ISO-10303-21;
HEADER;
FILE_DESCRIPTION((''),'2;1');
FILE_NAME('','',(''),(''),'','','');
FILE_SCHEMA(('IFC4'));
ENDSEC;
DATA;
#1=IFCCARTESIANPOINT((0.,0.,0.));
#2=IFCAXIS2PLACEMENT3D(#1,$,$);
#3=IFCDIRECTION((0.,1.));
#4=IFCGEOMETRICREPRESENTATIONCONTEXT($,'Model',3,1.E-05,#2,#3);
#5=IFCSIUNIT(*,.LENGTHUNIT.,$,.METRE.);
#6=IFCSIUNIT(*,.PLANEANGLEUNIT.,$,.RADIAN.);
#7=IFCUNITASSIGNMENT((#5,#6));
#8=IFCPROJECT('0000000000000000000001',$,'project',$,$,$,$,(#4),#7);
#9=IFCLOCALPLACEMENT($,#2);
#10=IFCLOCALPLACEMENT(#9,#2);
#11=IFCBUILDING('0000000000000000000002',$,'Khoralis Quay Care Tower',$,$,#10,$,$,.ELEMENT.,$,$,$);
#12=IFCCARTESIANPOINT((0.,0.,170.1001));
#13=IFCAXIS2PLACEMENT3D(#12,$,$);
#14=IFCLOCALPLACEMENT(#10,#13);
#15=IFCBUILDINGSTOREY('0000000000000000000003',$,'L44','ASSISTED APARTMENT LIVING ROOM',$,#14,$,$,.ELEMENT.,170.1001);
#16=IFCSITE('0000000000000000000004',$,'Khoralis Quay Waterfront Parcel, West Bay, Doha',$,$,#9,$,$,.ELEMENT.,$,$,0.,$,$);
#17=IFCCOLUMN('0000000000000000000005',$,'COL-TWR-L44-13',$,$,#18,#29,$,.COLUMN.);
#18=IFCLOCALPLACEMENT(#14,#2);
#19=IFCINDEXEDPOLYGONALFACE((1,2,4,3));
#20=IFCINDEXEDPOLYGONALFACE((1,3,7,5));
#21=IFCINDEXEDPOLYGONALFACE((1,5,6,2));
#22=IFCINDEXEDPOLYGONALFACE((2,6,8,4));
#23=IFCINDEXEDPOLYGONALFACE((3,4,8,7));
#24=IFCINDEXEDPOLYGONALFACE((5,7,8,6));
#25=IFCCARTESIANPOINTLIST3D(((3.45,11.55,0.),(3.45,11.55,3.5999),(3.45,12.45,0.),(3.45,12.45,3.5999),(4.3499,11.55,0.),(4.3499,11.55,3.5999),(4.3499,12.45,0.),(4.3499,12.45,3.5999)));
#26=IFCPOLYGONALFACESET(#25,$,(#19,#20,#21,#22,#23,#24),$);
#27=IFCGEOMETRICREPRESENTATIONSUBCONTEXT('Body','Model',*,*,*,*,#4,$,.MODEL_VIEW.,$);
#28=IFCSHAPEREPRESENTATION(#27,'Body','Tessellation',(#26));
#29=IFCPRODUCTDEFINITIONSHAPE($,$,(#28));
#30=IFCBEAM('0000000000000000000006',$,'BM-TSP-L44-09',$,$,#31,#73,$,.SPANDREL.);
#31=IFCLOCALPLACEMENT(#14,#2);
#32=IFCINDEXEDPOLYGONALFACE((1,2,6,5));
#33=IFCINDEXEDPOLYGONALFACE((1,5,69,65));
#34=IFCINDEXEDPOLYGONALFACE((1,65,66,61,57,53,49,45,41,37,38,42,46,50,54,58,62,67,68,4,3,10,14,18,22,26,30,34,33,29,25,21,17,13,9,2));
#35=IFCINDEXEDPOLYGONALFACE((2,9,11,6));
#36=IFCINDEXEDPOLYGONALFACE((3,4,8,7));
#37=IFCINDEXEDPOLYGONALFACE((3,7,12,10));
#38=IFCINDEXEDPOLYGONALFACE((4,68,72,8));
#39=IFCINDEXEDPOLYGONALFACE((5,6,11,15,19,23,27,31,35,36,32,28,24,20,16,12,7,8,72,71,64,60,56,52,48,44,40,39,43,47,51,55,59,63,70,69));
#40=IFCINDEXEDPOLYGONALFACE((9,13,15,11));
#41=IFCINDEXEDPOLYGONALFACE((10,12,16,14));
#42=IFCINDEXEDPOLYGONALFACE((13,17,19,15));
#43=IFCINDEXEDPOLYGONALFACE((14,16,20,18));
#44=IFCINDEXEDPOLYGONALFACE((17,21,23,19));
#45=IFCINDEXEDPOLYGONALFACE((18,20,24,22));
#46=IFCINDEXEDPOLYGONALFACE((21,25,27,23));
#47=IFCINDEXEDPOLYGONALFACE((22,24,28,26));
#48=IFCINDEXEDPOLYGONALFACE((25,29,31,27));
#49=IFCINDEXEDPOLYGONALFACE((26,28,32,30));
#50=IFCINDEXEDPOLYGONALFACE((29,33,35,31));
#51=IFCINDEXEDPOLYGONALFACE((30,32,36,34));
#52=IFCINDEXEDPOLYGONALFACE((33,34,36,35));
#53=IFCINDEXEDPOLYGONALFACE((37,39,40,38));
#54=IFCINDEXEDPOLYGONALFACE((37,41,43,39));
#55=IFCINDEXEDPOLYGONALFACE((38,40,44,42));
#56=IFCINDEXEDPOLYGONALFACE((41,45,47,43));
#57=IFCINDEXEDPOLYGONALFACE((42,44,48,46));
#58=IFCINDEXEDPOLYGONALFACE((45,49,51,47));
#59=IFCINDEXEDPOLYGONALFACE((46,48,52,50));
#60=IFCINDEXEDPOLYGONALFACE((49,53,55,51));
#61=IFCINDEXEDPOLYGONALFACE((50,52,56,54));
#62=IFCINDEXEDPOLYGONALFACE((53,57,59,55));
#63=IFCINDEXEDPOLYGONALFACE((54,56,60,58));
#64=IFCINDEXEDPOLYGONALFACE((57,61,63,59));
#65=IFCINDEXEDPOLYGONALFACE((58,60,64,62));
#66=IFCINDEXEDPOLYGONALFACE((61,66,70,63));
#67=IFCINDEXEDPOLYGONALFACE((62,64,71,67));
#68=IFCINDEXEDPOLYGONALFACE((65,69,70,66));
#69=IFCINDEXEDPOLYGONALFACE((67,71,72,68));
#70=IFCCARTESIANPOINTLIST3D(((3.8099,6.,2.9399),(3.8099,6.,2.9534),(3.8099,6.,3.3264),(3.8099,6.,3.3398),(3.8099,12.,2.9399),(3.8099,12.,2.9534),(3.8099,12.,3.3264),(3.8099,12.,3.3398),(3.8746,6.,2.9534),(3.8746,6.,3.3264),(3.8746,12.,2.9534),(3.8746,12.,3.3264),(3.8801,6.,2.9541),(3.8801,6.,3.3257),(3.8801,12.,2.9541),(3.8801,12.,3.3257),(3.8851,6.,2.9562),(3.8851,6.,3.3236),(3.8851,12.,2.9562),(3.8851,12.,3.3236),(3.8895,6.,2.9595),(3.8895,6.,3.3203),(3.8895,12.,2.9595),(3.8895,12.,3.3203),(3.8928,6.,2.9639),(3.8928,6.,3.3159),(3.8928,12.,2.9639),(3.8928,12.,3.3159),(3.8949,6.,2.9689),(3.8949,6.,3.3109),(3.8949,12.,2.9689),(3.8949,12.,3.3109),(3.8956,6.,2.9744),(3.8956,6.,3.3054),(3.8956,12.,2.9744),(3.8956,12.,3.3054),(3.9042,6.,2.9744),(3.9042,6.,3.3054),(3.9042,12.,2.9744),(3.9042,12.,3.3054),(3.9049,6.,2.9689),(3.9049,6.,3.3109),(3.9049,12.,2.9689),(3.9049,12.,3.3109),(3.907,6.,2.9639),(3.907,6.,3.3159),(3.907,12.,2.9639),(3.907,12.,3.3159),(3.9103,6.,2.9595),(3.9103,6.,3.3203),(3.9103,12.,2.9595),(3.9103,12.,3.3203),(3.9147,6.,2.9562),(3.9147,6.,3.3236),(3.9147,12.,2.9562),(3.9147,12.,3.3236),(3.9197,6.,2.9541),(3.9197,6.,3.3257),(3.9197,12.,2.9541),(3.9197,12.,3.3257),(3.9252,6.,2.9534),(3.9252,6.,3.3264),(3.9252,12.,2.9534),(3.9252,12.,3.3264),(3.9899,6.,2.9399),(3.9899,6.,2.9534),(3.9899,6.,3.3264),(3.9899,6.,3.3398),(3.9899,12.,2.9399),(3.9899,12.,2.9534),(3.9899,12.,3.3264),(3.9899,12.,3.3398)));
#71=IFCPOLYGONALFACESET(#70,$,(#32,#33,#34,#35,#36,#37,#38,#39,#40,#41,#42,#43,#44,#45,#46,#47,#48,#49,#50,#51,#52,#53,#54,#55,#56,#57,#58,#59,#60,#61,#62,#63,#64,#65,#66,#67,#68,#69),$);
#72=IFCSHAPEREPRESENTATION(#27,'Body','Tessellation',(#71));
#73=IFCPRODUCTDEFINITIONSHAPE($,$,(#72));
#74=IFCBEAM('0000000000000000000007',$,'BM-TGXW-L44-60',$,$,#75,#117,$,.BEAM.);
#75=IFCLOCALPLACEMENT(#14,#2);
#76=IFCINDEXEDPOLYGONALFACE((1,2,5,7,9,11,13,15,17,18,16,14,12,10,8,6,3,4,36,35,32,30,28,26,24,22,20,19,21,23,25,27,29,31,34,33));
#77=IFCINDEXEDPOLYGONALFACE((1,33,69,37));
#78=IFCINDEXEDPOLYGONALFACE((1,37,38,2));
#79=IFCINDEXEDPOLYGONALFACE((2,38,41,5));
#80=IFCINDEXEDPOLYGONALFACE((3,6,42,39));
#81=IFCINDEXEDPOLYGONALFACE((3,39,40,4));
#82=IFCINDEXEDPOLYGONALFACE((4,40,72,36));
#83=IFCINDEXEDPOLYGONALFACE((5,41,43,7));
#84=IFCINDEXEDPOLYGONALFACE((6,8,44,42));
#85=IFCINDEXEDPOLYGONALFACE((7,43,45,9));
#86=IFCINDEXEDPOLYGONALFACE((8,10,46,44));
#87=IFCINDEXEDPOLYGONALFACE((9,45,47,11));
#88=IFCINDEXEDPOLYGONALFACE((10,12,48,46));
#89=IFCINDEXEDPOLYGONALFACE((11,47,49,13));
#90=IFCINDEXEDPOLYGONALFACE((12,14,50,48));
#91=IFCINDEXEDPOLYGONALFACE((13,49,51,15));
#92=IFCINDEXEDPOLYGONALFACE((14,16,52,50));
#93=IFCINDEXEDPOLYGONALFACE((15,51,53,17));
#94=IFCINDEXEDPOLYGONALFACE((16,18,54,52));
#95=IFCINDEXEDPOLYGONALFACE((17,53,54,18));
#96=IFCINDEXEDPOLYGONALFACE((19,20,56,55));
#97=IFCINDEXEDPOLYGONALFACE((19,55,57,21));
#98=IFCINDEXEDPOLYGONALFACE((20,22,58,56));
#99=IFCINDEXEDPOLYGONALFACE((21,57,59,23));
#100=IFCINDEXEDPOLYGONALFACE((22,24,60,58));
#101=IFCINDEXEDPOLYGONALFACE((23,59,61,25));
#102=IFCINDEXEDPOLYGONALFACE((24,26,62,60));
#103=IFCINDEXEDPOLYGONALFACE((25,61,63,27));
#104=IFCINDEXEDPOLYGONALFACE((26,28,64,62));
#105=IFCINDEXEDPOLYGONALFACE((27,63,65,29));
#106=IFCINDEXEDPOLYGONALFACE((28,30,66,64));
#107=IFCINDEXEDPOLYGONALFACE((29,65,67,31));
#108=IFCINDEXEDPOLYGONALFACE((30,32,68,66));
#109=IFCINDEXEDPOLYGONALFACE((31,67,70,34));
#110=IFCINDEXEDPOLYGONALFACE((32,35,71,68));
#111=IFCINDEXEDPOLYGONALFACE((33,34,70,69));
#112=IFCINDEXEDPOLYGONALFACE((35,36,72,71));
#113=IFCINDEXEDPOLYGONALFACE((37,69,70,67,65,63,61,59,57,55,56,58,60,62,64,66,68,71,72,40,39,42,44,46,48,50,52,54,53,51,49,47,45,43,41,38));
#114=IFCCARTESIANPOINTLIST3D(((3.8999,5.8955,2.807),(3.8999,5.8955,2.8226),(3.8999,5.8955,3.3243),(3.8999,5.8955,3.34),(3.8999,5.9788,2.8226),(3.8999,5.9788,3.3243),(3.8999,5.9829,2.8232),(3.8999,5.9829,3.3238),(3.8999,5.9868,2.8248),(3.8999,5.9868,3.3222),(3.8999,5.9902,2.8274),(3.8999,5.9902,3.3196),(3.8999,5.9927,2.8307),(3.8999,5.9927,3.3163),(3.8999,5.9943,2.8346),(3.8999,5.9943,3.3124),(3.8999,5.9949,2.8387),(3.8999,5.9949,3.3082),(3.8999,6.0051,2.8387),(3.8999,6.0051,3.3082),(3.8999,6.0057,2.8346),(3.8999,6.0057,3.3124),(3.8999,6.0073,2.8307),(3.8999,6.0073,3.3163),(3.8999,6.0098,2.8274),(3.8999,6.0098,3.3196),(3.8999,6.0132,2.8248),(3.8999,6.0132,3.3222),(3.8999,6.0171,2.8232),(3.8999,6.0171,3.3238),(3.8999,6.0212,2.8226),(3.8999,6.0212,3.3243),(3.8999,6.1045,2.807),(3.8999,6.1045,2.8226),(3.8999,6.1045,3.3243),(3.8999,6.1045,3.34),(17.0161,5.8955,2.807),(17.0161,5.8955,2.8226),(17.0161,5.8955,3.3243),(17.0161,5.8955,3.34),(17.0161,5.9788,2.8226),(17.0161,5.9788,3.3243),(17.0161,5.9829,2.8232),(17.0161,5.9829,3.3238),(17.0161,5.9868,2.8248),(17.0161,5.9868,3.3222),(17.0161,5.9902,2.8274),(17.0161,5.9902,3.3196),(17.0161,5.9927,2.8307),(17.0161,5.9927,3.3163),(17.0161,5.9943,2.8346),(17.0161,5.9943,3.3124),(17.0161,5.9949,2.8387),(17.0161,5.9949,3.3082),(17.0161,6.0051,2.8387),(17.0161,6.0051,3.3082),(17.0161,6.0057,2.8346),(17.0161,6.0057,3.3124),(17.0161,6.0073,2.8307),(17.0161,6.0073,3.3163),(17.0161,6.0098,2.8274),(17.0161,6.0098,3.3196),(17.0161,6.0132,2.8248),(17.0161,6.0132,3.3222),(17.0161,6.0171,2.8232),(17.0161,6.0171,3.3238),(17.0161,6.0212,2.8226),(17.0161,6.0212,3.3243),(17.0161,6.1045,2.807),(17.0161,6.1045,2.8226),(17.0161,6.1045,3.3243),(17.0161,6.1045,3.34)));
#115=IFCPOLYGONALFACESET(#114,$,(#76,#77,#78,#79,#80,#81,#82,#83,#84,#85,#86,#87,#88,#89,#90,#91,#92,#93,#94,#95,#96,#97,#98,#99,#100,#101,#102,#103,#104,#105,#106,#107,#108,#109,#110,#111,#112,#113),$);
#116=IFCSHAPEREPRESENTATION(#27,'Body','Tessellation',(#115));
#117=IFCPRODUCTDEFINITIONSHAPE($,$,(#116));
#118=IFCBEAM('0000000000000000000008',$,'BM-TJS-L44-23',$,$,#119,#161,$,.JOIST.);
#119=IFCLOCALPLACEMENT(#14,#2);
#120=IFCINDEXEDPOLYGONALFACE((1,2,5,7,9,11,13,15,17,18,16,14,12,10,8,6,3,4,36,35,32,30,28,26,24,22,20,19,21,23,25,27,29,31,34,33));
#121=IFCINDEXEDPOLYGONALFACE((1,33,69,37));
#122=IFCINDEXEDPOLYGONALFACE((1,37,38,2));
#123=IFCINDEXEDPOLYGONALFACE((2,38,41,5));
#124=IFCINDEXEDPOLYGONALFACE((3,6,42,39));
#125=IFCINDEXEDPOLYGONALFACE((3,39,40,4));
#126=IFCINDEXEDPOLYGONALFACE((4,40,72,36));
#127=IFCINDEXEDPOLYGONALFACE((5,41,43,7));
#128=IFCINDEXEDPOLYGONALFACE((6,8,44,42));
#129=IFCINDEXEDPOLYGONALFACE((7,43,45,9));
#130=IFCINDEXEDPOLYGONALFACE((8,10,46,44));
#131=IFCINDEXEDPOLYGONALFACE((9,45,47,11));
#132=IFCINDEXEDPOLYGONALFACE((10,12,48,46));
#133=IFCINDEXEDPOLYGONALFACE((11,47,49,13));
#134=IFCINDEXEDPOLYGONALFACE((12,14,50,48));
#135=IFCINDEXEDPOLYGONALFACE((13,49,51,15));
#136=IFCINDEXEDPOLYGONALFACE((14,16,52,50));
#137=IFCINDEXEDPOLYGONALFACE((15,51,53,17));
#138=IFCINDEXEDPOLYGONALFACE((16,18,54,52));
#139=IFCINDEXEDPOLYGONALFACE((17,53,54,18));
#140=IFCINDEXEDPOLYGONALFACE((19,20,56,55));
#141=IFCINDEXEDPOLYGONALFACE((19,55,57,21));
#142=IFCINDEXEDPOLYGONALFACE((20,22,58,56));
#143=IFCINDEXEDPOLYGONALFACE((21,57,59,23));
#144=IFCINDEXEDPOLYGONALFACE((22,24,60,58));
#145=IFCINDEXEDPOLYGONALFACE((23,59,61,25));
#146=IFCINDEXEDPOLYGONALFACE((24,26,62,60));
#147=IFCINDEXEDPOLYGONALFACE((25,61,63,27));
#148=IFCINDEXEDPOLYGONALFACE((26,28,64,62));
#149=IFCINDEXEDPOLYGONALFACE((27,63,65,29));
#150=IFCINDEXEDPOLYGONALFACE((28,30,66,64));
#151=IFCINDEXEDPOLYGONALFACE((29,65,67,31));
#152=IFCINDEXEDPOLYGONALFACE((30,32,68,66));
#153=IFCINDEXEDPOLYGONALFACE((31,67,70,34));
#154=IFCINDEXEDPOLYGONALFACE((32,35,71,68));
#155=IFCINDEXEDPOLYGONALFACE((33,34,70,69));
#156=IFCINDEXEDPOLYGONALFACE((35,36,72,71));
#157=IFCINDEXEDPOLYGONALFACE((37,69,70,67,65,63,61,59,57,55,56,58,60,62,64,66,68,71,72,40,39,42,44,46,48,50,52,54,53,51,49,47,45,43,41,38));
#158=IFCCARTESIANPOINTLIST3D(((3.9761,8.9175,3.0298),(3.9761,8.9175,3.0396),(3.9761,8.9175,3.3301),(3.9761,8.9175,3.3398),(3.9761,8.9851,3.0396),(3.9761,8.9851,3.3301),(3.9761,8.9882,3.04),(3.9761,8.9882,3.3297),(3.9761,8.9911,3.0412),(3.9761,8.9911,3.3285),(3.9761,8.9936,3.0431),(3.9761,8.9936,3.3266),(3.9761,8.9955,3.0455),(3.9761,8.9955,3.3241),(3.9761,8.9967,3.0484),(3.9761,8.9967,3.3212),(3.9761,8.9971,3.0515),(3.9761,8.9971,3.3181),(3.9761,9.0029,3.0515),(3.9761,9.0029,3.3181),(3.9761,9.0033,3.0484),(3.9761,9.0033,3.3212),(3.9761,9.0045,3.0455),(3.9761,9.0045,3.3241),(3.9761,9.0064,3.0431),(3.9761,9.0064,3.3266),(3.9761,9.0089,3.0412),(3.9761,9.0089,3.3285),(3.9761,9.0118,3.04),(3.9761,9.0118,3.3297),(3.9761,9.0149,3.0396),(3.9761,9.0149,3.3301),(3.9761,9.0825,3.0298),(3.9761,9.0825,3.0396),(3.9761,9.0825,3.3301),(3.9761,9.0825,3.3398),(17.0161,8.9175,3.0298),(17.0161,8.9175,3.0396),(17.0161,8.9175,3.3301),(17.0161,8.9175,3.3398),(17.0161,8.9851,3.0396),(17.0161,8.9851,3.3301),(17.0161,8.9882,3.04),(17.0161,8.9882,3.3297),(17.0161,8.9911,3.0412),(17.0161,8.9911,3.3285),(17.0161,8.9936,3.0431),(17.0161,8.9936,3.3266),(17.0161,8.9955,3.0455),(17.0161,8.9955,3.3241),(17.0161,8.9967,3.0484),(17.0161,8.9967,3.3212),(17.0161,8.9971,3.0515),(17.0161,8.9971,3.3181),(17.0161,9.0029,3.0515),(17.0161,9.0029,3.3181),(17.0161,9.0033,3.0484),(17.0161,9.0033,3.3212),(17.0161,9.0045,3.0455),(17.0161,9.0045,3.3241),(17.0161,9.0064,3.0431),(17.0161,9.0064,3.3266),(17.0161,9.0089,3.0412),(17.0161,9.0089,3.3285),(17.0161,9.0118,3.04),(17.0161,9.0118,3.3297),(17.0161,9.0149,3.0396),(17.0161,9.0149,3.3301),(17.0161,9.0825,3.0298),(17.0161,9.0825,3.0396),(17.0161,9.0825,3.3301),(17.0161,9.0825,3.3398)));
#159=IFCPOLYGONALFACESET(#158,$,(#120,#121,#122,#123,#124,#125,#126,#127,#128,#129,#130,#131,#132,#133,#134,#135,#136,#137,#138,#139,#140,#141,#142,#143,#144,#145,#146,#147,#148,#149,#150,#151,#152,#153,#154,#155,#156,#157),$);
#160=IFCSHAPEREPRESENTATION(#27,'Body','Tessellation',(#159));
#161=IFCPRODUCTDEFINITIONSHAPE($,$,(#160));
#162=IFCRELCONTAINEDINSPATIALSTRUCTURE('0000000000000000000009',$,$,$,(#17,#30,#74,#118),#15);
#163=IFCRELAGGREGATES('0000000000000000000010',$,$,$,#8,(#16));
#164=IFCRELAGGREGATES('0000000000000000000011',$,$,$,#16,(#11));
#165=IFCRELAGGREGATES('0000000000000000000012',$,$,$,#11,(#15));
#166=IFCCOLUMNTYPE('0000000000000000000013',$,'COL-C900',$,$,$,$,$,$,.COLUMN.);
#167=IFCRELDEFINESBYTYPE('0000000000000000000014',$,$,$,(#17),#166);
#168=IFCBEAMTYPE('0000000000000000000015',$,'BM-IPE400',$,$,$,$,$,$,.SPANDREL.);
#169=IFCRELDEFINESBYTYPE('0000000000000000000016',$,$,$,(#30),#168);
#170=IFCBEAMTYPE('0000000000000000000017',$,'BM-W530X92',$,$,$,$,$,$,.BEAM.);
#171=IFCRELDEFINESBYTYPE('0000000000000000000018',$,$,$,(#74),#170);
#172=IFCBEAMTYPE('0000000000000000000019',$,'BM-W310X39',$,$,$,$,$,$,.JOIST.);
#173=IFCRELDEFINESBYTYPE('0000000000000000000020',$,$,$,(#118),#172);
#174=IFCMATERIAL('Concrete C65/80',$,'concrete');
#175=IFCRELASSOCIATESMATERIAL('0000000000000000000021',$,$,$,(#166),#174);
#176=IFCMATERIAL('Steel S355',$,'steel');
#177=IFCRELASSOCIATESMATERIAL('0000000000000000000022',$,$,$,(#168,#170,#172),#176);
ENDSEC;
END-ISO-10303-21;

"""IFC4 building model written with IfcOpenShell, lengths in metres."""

from ifc_helpers import new_model, si_unit, direction, frame, origin, origin_2d, place, context, subcontext, project, spatial, rectangle, i_section, extrude, source, transform, mapped, material, material_profile, profile_set, type_object, element, save


model = new_model("IFC4")

# Units and contexts
model_context = context("Model", 3, precision=1e-05, world=origin(), true_north=direction((0.0, 1.0)))
body_context = subcontext(model_context, "Body", "Model", "MODEL_VIEW")
ifc_project = project(units=[si_unit("LENGTHUNIT", "METRE"), si_unit("PLANEANGLEUNIT", "RADIAN")], contexts=[model_context])

# Site, building, storey
site_placement = place(None, origin())
site = spatial("IfcSite", under=ifc_project, at=site_placement, Name="Khoralis Quay Waterfront Parcel, West Bay, Doha", CompositionType="ELEMENT", RefElevation=0.0)
building_placement = place(site_placement, origin())
building = spatial("IfcBuilding", under=site, at=building_placement, Name="Khoralis Quay Care Tower", CompositionType="ELEMENT")
storey_placement = place(building_placement, frame((0.0, 0.0, 170.1001)))
storey = spatial("IfcBuildingStorey", under=building, at=storey_placement, Name="L44", Description="ASSISTED APARTMENT LIVING ROOM", CompositionType="ELEMENT", Elevation=170.1001)

# Column
ifc_material_1 = material(Name="Concrete C65/80", Category="concrete")
ifc_material_profile_1 = material_profile(ifc_material_1, rectangle(XDim=0.8999, YDim=0.8999, at=origin_2d()), Name="Concrete C65/80")
ifc_profile_set_1 = profile_set([ifc_material_profile_1], Name="Concrete C65/80")
column_type = type_object("IfcColumnType", Name="COL-C900", PredefinedType="COLUMN", material=ifc_profile_set_1)
shared_shape_1 = source(origin(), body_context, "Body", "SweptSolid", [
    extrude(rectangle(XDim=0.8999, YDim=0.8999, at=origin_2d()), origin(), (0.0, 0.0, 1.0), 3.5999),
])
column_placement = place(storey_placement, frame((3.8999, 12.0, 0.0), z_axis=(0.0, 0.0, 1.0), x_axis=(1.0, 0.0, 0.0)))
element("IfcColumn", 1, at=column_placement, inside=storey, type_object=column_type, Name="COL-TWR-L44-13", PredefinedType="COLUMN", context=body_context, shape_type="MappedRepresentation", body=[
    mapped(shared_shape_1, transform((0.0, 0.0, 0.0), scale=1.0)),
])

# Beams
ifc_material_2 = material(Name="Steel S355", Category="steel")
ifc_material_profile_2 = material_profile(ifc_material_2, i_section(OverallWidth=0.1799, OverallDepth=0.3999, WebThickness=0.0085, FlangeThickness=0.0134, FilletRadius=0.021, at=origin_2d()), Name="Steel S355")
ifc_profile_set_2 = profile_set([ifc_material_profile_2], Name="Steel S355")
beam_type_1 = type_object("IfcBeamType", Name="BM-IPE400", PredefinedType="SPANDREL", material=ifc_profile_set_2)
shared_shape_2 = source(origin(), body_context, "Body", "SweptSolid", [
    extrude(i_section(OverallWidth=0.1799, OverallDepth=0.3999, WebThickness=0.0085, FlangeThickness=0.0134, FilletRadius=0.021, at=origin_2d()), origin(), (0.0, 0.0, 1.0), 6.0),
])
beam_1_placement = place(storey_placement, frame((3.8999, 6.0, 3.1399), z_axis=(0.0, 1.0, 0.0), x_axis=(-1.0, 0.0, 0.0)))
element("IfcBeam", 2, at=beam_1_placement, inside=storey, type_object=beam_type_1, Name="BM-TSP-L44-09", PredefinedType="SPANDREL", context=body_context, shape_type="MappedRepresentation", body=[
    mapped(shared_shape_2, transform((0.0, 0.0, 0.0), scale=1.0)),
])
ifc_material_profile_3 = material_profile(ifc_material_2, i_section(OverallWidth=0.209, OverallDepth=0.533, WebThickness=0.0103, FlangeThickness=0.0156, FilletRadius=0.0161, at=origin_2d()), Name="Steel S355")
ifc_profile_set_3 = profile_set([ifc_material_profile_3], Name="Steel S355")
beam_type_2 = type_object("IfcBeamType", Name="BM-W530X92", PredefinedType="BEAM", material=ifc_profile_set_3)
shared_shape_3 = source(origin(), body_context, "Body", "SweptSolid", [
    extrude(i_section(OverallWidth=0.209, OverallDepth=0.533, WebThickness=0.0103, FlangeThickness=0.0156, FilletRadius=0.0161, at=origin_2d()), origin(), (0.0, 0.0, 1.0), 13.1162),
])
beam_2_placement = place(storey_placement, frame((3.8999, 6.0, 3.0735), z_axis=(1.0, 0.0, 0.0), x_axis=(0.0, 1.0, 0.0)))
element("IfcBeam", 3, at=beam_2_placement, inside=storey, type_object=beam_type_2, Name="BM-TGXW-L44-60", PredefinedType="BEAM", context=body_context, shape_type="MappedRepresentation", body=[
    mapped(shared_shape_3, transform((0.0, 0.0, 0.0), scale=1.0)),
])
ifc_material_profile_4 = material_profile(ifc_material_2, i_section(OverallWidth=0.165, OverallDepth=0.3101, WebThickness=0.0059, FlangeThickness=0.0098, FilletRadius=0.012, at=origin_2d()), Name="Steel S355")
ifc_profile_set_4 = profile_set([ifc_material_profile_4], Name="Steel S355")
beam_type_3 = type_object("IfcBeamType", Name="BM-W310X39", PredefinedType="JOIST", material=ifc_profile_set_4)
shared_shape_4 = source(origin(), body_context, "Body", "SweptSolid", [
    extrude(i_section(OverallWidth=0.165, OverallDepth=0.3101, WebThickness=0.0059, FlangeThickness=0.0098, FilletRadius=0.012, at=origin_2d()), origin(), (0.0, 0.0, 1.0), 13.04),
])
beam_3_placement = place(storey_placement, frame((3.9761, 9.0, 3.1848), z_axis=(1.0, 0.0, 0.0), x_axis=(0.0, 1.0, 0.0)))
element("IfcBeam", 4, at=beam_3_placement, inside=storey, type_object=beam_type_3, Name="BM-TJS-L44-23", PredefinedType="JOIST", context=body_context, shape_type="MappedRepresentation", body=[
    mapped(shared_shape_4, transform((0.0, 0.0, 0.0), scale=1.0)),
])

save(model, "model.ifc")
